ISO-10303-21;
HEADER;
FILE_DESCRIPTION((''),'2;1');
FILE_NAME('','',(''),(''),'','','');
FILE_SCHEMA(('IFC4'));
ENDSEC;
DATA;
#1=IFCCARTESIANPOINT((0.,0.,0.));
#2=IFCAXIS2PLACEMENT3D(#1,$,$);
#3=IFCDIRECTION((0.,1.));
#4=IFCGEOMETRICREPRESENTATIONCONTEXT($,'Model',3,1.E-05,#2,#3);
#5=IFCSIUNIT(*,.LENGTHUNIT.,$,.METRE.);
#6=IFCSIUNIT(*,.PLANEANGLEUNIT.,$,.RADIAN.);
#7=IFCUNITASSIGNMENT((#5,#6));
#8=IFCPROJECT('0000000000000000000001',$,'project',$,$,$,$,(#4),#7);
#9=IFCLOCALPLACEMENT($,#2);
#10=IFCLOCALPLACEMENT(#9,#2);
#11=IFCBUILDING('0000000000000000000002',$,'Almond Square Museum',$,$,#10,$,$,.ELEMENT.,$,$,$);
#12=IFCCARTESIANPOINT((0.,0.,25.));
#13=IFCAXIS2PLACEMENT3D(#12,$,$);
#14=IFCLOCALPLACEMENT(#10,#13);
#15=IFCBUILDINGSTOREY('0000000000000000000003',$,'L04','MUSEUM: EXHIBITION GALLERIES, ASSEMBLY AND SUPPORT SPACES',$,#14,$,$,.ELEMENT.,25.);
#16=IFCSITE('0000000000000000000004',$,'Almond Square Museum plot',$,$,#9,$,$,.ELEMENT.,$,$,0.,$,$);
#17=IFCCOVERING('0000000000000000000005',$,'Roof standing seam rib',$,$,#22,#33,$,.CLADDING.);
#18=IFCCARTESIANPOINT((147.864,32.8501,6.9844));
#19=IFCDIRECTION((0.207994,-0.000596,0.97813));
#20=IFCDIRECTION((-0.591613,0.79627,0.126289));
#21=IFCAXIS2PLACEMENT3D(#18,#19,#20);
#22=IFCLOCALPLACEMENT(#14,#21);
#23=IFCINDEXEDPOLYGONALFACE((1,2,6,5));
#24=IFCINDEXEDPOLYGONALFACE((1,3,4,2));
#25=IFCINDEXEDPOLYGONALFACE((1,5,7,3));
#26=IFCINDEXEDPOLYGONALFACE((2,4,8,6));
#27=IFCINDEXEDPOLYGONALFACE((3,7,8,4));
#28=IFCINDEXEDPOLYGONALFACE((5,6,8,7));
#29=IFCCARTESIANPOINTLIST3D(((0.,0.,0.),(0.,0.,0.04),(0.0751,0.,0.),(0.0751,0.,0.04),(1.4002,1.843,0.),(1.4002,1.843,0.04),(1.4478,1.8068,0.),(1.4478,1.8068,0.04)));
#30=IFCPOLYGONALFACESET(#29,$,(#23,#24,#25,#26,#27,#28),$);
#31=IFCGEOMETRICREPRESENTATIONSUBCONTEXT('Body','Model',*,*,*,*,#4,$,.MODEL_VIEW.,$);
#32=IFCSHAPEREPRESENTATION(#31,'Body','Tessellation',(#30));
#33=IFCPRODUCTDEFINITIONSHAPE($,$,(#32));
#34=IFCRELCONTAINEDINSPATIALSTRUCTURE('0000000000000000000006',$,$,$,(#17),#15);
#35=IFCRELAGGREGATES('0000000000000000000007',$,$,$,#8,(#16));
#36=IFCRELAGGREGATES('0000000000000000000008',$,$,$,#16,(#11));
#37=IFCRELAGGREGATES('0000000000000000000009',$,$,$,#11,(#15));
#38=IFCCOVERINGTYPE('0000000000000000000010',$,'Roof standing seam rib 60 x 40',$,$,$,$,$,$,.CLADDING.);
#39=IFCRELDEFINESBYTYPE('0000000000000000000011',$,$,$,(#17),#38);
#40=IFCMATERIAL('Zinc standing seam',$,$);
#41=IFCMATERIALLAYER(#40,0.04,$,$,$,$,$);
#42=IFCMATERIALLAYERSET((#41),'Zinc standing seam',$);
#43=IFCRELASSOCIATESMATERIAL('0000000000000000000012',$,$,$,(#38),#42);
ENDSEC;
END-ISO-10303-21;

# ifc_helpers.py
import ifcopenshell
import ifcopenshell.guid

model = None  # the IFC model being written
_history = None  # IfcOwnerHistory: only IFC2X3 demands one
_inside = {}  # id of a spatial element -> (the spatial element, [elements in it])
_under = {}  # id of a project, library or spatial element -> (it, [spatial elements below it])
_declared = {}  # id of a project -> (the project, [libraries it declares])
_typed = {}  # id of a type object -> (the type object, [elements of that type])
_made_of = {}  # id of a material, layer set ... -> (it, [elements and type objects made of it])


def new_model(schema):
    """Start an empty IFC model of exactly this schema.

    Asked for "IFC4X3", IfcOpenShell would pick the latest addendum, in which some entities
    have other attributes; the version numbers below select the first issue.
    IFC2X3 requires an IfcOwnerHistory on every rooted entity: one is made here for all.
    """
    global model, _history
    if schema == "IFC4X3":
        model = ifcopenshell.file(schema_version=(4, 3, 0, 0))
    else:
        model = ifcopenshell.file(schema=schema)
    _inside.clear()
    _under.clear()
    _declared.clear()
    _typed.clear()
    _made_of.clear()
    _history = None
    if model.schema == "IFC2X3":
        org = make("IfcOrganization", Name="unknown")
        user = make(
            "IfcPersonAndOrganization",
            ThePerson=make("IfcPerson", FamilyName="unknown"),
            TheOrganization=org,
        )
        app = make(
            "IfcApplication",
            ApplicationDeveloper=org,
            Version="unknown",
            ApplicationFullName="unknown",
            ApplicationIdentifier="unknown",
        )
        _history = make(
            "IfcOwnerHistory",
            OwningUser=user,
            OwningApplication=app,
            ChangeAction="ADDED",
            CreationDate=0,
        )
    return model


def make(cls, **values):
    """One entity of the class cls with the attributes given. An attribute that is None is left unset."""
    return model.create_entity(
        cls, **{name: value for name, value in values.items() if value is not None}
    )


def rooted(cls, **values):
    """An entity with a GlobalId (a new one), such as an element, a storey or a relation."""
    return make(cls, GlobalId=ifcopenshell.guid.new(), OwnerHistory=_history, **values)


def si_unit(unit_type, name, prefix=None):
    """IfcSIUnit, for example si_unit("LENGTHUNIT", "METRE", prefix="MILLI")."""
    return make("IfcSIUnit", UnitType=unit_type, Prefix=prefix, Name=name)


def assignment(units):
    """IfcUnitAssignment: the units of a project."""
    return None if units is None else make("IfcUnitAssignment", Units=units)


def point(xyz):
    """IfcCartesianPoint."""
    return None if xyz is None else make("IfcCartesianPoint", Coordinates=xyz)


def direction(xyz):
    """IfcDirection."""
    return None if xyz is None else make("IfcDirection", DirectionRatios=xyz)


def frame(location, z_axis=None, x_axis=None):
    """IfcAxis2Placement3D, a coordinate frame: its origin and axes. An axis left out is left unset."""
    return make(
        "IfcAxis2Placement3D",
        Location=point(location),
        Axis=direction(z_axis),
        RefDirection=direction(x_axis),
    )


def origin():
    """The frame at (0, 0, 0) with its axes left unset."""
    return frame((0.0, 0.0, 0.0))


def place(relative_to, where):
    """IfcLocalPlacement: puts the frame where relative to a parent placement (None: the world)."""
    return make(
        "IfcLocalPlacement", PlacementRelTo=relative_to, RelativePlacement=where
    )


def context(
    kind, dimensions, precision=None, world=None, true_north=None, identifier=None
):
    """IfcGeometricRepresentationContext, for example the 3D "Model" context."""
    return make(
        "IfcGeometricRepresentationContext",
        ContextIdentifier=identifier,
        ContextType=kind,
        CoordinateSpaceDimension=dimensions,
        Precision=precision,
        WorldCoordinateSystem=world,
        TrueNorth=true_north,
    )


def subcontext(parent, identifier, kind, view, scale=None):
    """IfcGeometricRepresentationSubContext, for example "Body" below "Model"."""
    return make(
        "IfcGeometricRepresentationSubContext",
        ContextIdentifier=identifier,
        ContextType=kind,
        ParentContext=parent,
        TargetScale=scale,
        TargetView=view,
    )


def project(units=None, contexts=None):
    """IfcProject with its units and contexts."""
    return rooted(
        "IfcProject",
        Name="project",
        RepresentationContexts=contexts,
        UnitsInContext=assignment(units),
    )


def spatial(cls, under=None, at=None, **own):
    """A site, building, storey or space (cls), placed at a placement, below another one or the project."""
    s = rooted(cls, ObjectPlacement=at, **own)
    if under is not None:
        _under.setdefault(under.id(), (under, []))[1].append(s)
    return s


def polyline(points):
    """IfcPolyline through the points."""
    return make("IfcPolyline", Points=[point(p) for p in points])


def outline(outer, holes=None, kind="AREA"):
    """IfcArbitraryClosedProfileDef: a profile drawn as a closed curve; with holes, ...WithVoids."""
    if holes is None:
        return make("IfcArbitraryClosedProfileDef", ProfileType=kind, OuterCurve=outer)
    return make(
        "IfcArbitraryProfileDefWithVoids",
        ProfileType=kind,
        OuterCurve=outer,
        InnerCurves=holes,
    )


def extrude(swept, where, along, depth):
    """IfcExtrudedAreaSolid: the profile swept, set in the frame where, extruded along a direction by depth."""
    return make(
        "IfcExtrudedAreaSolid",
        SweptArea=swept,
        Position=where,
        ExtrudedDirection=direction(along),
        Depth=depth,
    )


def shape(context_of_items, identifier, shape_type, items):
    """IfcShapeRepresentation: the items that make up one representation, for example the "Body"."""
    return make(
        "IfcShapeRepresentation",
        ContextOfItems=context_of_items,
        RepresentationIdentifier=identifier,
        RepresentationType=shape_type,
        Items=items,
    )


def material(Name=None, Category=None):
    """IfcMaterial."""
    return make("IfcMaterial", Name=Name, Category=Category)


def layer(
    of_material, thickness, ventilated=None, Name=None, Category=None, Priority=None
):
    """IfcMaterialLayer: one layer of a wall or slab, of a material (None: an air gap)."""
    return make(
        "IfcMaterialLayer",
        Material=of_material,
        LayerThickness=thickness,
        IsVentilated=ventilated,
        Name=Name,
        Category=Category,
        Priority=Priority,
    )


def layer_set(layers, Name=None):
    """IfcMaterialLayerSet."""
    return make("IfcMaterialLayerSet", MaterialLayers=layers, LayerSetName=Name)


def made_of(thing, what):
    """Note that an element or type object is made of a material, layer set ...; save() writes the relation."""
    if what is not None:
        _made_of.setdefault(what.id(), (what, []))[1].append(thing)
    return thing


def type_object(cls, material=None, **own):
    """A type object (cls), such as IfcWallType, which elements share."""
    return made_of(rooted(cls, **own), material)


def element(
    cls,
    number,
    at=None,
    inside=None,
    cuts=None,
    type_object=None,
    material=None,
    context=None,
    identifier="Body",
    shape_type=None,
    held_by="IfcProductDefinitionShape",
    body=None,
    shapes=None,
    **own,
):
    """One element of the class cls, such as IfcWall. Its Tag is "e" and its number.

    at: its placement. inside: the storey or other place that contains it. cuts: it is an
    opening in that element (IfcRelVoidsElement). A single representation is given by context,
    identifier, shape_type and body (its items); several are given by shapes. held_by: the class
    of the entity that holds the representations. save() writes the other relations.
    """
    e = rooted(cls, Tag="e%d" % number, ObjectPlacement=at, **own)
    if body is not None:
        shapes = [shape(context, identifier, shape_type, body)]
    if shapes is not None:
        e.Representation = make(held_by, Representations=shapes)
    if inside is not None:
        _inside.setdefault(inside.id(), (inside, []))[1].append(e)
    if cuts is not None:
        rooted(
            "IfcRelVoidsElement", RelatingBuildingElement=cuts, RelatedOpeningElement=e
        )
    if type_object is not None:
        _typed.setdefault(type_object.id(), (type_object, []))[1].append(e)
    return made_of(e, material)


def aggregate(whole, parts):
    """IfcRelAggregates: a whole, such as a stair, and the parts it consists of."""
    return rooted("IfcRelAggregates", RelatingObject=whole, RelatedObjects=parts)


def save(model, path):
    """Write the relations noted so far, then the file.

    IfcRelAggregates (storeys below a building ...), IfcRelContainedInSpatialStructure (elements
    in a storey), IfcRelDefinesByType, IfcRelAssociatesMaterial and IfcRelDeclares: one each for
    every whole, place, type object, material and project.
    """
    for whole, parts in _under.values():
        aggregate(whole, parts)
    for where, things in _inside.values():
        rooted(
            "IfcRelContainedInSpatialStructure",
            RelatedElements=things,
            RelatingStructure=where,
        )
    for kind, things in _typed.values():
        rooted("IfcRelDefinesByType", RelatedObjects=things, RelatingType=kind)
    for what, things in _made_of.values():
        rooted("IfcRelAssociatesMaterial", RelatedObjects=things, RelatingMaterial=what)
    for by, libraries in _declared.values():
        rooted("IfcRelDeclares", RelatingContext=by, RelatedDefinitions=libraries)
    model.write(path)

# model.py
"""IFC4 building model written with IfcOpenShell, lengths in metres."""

from ifc_helpers import new_model, si_unit, direction, frame, origin, place, context, subcontext, project, spatial, polyline, outline, extrude, material, layer, layer_set, type_object, element, save


model = new_model("IFC4")

# Units and contexts
model_context = context("Model", 3, precision=1e-05, world=origin(), true_north=direction((0.0, 1.0)))
body_context = subcontext(model_context, "Body", "Model", "MODEL_VIEW")
ifc_project = project(units=[si_unit("LENGTHUNIT", "METRE"), si_unit("PLANEANGLEUNIT", "RADIAN")], contexts=[model_context])

# Site, building, storey
site_placement = place(None, origin())
site = spatial("IfcSite", under=ifc_project, at=site_placement, Name="Almond Square Museum plot", CompositionType="ELEMENT", RefElevation=0.0)
building_placement = place(site_placement, origin())
building = spatial("IfcBuilding", under=site, at=building_placement, Name="Almond Square Museum", CompositionType="ELEMENT")
storey_placement = place(building_placement, frame((0.0, 0.0, 25.0)))
storey = spatial("IfcBuildingStorey", under=building, at=storey_placement, Name="L04", Description="MUSEUM: EXHIBITION GALLERIES, ASSEMBLY AND SUPPORT SPACES", CompositionType="ELEMENT", Elevation=25.0)

# Covering
ifc_material_1 = material(Name="Zinc standing seam")
ifc_layer_1 = layer(ifc_material_1, 0.04)
ifc_layer_set_1 = layer_set([ifc_layer_1], Name="Zinc standing seam")
covering_type = type_object("IfcCoveringType", Name="Roof standing seam rib 60 x 40", PredefinedType="CLADDING", material=ifc_layer_set_1)
covering_1_placement = place(storey_placement, frame((147.864, 32.8501, 6.9844), z_axis=(0.207994, -0.000596, 0.97813), x_axis=(-0.591613, 0.79627, 0.126289)))
element("IfcCovering", 1, at=covering_1_placement, inside=storey, type_object=covering_type, Name="Roof standing seam rib", PredefinedType="CLADDING", context=body_context, shape_type="SweptSolid", body=[
    extrude(outline(polyline([(0.0, 0.0), (0.0751, 0.0), (1.4478, 1.8068), (1.4002, 1.843), (0.0, 0.0)])), origin(), (0.0, 0.0, 1.0), 0.04),
])

save(model, "model.ifc")
